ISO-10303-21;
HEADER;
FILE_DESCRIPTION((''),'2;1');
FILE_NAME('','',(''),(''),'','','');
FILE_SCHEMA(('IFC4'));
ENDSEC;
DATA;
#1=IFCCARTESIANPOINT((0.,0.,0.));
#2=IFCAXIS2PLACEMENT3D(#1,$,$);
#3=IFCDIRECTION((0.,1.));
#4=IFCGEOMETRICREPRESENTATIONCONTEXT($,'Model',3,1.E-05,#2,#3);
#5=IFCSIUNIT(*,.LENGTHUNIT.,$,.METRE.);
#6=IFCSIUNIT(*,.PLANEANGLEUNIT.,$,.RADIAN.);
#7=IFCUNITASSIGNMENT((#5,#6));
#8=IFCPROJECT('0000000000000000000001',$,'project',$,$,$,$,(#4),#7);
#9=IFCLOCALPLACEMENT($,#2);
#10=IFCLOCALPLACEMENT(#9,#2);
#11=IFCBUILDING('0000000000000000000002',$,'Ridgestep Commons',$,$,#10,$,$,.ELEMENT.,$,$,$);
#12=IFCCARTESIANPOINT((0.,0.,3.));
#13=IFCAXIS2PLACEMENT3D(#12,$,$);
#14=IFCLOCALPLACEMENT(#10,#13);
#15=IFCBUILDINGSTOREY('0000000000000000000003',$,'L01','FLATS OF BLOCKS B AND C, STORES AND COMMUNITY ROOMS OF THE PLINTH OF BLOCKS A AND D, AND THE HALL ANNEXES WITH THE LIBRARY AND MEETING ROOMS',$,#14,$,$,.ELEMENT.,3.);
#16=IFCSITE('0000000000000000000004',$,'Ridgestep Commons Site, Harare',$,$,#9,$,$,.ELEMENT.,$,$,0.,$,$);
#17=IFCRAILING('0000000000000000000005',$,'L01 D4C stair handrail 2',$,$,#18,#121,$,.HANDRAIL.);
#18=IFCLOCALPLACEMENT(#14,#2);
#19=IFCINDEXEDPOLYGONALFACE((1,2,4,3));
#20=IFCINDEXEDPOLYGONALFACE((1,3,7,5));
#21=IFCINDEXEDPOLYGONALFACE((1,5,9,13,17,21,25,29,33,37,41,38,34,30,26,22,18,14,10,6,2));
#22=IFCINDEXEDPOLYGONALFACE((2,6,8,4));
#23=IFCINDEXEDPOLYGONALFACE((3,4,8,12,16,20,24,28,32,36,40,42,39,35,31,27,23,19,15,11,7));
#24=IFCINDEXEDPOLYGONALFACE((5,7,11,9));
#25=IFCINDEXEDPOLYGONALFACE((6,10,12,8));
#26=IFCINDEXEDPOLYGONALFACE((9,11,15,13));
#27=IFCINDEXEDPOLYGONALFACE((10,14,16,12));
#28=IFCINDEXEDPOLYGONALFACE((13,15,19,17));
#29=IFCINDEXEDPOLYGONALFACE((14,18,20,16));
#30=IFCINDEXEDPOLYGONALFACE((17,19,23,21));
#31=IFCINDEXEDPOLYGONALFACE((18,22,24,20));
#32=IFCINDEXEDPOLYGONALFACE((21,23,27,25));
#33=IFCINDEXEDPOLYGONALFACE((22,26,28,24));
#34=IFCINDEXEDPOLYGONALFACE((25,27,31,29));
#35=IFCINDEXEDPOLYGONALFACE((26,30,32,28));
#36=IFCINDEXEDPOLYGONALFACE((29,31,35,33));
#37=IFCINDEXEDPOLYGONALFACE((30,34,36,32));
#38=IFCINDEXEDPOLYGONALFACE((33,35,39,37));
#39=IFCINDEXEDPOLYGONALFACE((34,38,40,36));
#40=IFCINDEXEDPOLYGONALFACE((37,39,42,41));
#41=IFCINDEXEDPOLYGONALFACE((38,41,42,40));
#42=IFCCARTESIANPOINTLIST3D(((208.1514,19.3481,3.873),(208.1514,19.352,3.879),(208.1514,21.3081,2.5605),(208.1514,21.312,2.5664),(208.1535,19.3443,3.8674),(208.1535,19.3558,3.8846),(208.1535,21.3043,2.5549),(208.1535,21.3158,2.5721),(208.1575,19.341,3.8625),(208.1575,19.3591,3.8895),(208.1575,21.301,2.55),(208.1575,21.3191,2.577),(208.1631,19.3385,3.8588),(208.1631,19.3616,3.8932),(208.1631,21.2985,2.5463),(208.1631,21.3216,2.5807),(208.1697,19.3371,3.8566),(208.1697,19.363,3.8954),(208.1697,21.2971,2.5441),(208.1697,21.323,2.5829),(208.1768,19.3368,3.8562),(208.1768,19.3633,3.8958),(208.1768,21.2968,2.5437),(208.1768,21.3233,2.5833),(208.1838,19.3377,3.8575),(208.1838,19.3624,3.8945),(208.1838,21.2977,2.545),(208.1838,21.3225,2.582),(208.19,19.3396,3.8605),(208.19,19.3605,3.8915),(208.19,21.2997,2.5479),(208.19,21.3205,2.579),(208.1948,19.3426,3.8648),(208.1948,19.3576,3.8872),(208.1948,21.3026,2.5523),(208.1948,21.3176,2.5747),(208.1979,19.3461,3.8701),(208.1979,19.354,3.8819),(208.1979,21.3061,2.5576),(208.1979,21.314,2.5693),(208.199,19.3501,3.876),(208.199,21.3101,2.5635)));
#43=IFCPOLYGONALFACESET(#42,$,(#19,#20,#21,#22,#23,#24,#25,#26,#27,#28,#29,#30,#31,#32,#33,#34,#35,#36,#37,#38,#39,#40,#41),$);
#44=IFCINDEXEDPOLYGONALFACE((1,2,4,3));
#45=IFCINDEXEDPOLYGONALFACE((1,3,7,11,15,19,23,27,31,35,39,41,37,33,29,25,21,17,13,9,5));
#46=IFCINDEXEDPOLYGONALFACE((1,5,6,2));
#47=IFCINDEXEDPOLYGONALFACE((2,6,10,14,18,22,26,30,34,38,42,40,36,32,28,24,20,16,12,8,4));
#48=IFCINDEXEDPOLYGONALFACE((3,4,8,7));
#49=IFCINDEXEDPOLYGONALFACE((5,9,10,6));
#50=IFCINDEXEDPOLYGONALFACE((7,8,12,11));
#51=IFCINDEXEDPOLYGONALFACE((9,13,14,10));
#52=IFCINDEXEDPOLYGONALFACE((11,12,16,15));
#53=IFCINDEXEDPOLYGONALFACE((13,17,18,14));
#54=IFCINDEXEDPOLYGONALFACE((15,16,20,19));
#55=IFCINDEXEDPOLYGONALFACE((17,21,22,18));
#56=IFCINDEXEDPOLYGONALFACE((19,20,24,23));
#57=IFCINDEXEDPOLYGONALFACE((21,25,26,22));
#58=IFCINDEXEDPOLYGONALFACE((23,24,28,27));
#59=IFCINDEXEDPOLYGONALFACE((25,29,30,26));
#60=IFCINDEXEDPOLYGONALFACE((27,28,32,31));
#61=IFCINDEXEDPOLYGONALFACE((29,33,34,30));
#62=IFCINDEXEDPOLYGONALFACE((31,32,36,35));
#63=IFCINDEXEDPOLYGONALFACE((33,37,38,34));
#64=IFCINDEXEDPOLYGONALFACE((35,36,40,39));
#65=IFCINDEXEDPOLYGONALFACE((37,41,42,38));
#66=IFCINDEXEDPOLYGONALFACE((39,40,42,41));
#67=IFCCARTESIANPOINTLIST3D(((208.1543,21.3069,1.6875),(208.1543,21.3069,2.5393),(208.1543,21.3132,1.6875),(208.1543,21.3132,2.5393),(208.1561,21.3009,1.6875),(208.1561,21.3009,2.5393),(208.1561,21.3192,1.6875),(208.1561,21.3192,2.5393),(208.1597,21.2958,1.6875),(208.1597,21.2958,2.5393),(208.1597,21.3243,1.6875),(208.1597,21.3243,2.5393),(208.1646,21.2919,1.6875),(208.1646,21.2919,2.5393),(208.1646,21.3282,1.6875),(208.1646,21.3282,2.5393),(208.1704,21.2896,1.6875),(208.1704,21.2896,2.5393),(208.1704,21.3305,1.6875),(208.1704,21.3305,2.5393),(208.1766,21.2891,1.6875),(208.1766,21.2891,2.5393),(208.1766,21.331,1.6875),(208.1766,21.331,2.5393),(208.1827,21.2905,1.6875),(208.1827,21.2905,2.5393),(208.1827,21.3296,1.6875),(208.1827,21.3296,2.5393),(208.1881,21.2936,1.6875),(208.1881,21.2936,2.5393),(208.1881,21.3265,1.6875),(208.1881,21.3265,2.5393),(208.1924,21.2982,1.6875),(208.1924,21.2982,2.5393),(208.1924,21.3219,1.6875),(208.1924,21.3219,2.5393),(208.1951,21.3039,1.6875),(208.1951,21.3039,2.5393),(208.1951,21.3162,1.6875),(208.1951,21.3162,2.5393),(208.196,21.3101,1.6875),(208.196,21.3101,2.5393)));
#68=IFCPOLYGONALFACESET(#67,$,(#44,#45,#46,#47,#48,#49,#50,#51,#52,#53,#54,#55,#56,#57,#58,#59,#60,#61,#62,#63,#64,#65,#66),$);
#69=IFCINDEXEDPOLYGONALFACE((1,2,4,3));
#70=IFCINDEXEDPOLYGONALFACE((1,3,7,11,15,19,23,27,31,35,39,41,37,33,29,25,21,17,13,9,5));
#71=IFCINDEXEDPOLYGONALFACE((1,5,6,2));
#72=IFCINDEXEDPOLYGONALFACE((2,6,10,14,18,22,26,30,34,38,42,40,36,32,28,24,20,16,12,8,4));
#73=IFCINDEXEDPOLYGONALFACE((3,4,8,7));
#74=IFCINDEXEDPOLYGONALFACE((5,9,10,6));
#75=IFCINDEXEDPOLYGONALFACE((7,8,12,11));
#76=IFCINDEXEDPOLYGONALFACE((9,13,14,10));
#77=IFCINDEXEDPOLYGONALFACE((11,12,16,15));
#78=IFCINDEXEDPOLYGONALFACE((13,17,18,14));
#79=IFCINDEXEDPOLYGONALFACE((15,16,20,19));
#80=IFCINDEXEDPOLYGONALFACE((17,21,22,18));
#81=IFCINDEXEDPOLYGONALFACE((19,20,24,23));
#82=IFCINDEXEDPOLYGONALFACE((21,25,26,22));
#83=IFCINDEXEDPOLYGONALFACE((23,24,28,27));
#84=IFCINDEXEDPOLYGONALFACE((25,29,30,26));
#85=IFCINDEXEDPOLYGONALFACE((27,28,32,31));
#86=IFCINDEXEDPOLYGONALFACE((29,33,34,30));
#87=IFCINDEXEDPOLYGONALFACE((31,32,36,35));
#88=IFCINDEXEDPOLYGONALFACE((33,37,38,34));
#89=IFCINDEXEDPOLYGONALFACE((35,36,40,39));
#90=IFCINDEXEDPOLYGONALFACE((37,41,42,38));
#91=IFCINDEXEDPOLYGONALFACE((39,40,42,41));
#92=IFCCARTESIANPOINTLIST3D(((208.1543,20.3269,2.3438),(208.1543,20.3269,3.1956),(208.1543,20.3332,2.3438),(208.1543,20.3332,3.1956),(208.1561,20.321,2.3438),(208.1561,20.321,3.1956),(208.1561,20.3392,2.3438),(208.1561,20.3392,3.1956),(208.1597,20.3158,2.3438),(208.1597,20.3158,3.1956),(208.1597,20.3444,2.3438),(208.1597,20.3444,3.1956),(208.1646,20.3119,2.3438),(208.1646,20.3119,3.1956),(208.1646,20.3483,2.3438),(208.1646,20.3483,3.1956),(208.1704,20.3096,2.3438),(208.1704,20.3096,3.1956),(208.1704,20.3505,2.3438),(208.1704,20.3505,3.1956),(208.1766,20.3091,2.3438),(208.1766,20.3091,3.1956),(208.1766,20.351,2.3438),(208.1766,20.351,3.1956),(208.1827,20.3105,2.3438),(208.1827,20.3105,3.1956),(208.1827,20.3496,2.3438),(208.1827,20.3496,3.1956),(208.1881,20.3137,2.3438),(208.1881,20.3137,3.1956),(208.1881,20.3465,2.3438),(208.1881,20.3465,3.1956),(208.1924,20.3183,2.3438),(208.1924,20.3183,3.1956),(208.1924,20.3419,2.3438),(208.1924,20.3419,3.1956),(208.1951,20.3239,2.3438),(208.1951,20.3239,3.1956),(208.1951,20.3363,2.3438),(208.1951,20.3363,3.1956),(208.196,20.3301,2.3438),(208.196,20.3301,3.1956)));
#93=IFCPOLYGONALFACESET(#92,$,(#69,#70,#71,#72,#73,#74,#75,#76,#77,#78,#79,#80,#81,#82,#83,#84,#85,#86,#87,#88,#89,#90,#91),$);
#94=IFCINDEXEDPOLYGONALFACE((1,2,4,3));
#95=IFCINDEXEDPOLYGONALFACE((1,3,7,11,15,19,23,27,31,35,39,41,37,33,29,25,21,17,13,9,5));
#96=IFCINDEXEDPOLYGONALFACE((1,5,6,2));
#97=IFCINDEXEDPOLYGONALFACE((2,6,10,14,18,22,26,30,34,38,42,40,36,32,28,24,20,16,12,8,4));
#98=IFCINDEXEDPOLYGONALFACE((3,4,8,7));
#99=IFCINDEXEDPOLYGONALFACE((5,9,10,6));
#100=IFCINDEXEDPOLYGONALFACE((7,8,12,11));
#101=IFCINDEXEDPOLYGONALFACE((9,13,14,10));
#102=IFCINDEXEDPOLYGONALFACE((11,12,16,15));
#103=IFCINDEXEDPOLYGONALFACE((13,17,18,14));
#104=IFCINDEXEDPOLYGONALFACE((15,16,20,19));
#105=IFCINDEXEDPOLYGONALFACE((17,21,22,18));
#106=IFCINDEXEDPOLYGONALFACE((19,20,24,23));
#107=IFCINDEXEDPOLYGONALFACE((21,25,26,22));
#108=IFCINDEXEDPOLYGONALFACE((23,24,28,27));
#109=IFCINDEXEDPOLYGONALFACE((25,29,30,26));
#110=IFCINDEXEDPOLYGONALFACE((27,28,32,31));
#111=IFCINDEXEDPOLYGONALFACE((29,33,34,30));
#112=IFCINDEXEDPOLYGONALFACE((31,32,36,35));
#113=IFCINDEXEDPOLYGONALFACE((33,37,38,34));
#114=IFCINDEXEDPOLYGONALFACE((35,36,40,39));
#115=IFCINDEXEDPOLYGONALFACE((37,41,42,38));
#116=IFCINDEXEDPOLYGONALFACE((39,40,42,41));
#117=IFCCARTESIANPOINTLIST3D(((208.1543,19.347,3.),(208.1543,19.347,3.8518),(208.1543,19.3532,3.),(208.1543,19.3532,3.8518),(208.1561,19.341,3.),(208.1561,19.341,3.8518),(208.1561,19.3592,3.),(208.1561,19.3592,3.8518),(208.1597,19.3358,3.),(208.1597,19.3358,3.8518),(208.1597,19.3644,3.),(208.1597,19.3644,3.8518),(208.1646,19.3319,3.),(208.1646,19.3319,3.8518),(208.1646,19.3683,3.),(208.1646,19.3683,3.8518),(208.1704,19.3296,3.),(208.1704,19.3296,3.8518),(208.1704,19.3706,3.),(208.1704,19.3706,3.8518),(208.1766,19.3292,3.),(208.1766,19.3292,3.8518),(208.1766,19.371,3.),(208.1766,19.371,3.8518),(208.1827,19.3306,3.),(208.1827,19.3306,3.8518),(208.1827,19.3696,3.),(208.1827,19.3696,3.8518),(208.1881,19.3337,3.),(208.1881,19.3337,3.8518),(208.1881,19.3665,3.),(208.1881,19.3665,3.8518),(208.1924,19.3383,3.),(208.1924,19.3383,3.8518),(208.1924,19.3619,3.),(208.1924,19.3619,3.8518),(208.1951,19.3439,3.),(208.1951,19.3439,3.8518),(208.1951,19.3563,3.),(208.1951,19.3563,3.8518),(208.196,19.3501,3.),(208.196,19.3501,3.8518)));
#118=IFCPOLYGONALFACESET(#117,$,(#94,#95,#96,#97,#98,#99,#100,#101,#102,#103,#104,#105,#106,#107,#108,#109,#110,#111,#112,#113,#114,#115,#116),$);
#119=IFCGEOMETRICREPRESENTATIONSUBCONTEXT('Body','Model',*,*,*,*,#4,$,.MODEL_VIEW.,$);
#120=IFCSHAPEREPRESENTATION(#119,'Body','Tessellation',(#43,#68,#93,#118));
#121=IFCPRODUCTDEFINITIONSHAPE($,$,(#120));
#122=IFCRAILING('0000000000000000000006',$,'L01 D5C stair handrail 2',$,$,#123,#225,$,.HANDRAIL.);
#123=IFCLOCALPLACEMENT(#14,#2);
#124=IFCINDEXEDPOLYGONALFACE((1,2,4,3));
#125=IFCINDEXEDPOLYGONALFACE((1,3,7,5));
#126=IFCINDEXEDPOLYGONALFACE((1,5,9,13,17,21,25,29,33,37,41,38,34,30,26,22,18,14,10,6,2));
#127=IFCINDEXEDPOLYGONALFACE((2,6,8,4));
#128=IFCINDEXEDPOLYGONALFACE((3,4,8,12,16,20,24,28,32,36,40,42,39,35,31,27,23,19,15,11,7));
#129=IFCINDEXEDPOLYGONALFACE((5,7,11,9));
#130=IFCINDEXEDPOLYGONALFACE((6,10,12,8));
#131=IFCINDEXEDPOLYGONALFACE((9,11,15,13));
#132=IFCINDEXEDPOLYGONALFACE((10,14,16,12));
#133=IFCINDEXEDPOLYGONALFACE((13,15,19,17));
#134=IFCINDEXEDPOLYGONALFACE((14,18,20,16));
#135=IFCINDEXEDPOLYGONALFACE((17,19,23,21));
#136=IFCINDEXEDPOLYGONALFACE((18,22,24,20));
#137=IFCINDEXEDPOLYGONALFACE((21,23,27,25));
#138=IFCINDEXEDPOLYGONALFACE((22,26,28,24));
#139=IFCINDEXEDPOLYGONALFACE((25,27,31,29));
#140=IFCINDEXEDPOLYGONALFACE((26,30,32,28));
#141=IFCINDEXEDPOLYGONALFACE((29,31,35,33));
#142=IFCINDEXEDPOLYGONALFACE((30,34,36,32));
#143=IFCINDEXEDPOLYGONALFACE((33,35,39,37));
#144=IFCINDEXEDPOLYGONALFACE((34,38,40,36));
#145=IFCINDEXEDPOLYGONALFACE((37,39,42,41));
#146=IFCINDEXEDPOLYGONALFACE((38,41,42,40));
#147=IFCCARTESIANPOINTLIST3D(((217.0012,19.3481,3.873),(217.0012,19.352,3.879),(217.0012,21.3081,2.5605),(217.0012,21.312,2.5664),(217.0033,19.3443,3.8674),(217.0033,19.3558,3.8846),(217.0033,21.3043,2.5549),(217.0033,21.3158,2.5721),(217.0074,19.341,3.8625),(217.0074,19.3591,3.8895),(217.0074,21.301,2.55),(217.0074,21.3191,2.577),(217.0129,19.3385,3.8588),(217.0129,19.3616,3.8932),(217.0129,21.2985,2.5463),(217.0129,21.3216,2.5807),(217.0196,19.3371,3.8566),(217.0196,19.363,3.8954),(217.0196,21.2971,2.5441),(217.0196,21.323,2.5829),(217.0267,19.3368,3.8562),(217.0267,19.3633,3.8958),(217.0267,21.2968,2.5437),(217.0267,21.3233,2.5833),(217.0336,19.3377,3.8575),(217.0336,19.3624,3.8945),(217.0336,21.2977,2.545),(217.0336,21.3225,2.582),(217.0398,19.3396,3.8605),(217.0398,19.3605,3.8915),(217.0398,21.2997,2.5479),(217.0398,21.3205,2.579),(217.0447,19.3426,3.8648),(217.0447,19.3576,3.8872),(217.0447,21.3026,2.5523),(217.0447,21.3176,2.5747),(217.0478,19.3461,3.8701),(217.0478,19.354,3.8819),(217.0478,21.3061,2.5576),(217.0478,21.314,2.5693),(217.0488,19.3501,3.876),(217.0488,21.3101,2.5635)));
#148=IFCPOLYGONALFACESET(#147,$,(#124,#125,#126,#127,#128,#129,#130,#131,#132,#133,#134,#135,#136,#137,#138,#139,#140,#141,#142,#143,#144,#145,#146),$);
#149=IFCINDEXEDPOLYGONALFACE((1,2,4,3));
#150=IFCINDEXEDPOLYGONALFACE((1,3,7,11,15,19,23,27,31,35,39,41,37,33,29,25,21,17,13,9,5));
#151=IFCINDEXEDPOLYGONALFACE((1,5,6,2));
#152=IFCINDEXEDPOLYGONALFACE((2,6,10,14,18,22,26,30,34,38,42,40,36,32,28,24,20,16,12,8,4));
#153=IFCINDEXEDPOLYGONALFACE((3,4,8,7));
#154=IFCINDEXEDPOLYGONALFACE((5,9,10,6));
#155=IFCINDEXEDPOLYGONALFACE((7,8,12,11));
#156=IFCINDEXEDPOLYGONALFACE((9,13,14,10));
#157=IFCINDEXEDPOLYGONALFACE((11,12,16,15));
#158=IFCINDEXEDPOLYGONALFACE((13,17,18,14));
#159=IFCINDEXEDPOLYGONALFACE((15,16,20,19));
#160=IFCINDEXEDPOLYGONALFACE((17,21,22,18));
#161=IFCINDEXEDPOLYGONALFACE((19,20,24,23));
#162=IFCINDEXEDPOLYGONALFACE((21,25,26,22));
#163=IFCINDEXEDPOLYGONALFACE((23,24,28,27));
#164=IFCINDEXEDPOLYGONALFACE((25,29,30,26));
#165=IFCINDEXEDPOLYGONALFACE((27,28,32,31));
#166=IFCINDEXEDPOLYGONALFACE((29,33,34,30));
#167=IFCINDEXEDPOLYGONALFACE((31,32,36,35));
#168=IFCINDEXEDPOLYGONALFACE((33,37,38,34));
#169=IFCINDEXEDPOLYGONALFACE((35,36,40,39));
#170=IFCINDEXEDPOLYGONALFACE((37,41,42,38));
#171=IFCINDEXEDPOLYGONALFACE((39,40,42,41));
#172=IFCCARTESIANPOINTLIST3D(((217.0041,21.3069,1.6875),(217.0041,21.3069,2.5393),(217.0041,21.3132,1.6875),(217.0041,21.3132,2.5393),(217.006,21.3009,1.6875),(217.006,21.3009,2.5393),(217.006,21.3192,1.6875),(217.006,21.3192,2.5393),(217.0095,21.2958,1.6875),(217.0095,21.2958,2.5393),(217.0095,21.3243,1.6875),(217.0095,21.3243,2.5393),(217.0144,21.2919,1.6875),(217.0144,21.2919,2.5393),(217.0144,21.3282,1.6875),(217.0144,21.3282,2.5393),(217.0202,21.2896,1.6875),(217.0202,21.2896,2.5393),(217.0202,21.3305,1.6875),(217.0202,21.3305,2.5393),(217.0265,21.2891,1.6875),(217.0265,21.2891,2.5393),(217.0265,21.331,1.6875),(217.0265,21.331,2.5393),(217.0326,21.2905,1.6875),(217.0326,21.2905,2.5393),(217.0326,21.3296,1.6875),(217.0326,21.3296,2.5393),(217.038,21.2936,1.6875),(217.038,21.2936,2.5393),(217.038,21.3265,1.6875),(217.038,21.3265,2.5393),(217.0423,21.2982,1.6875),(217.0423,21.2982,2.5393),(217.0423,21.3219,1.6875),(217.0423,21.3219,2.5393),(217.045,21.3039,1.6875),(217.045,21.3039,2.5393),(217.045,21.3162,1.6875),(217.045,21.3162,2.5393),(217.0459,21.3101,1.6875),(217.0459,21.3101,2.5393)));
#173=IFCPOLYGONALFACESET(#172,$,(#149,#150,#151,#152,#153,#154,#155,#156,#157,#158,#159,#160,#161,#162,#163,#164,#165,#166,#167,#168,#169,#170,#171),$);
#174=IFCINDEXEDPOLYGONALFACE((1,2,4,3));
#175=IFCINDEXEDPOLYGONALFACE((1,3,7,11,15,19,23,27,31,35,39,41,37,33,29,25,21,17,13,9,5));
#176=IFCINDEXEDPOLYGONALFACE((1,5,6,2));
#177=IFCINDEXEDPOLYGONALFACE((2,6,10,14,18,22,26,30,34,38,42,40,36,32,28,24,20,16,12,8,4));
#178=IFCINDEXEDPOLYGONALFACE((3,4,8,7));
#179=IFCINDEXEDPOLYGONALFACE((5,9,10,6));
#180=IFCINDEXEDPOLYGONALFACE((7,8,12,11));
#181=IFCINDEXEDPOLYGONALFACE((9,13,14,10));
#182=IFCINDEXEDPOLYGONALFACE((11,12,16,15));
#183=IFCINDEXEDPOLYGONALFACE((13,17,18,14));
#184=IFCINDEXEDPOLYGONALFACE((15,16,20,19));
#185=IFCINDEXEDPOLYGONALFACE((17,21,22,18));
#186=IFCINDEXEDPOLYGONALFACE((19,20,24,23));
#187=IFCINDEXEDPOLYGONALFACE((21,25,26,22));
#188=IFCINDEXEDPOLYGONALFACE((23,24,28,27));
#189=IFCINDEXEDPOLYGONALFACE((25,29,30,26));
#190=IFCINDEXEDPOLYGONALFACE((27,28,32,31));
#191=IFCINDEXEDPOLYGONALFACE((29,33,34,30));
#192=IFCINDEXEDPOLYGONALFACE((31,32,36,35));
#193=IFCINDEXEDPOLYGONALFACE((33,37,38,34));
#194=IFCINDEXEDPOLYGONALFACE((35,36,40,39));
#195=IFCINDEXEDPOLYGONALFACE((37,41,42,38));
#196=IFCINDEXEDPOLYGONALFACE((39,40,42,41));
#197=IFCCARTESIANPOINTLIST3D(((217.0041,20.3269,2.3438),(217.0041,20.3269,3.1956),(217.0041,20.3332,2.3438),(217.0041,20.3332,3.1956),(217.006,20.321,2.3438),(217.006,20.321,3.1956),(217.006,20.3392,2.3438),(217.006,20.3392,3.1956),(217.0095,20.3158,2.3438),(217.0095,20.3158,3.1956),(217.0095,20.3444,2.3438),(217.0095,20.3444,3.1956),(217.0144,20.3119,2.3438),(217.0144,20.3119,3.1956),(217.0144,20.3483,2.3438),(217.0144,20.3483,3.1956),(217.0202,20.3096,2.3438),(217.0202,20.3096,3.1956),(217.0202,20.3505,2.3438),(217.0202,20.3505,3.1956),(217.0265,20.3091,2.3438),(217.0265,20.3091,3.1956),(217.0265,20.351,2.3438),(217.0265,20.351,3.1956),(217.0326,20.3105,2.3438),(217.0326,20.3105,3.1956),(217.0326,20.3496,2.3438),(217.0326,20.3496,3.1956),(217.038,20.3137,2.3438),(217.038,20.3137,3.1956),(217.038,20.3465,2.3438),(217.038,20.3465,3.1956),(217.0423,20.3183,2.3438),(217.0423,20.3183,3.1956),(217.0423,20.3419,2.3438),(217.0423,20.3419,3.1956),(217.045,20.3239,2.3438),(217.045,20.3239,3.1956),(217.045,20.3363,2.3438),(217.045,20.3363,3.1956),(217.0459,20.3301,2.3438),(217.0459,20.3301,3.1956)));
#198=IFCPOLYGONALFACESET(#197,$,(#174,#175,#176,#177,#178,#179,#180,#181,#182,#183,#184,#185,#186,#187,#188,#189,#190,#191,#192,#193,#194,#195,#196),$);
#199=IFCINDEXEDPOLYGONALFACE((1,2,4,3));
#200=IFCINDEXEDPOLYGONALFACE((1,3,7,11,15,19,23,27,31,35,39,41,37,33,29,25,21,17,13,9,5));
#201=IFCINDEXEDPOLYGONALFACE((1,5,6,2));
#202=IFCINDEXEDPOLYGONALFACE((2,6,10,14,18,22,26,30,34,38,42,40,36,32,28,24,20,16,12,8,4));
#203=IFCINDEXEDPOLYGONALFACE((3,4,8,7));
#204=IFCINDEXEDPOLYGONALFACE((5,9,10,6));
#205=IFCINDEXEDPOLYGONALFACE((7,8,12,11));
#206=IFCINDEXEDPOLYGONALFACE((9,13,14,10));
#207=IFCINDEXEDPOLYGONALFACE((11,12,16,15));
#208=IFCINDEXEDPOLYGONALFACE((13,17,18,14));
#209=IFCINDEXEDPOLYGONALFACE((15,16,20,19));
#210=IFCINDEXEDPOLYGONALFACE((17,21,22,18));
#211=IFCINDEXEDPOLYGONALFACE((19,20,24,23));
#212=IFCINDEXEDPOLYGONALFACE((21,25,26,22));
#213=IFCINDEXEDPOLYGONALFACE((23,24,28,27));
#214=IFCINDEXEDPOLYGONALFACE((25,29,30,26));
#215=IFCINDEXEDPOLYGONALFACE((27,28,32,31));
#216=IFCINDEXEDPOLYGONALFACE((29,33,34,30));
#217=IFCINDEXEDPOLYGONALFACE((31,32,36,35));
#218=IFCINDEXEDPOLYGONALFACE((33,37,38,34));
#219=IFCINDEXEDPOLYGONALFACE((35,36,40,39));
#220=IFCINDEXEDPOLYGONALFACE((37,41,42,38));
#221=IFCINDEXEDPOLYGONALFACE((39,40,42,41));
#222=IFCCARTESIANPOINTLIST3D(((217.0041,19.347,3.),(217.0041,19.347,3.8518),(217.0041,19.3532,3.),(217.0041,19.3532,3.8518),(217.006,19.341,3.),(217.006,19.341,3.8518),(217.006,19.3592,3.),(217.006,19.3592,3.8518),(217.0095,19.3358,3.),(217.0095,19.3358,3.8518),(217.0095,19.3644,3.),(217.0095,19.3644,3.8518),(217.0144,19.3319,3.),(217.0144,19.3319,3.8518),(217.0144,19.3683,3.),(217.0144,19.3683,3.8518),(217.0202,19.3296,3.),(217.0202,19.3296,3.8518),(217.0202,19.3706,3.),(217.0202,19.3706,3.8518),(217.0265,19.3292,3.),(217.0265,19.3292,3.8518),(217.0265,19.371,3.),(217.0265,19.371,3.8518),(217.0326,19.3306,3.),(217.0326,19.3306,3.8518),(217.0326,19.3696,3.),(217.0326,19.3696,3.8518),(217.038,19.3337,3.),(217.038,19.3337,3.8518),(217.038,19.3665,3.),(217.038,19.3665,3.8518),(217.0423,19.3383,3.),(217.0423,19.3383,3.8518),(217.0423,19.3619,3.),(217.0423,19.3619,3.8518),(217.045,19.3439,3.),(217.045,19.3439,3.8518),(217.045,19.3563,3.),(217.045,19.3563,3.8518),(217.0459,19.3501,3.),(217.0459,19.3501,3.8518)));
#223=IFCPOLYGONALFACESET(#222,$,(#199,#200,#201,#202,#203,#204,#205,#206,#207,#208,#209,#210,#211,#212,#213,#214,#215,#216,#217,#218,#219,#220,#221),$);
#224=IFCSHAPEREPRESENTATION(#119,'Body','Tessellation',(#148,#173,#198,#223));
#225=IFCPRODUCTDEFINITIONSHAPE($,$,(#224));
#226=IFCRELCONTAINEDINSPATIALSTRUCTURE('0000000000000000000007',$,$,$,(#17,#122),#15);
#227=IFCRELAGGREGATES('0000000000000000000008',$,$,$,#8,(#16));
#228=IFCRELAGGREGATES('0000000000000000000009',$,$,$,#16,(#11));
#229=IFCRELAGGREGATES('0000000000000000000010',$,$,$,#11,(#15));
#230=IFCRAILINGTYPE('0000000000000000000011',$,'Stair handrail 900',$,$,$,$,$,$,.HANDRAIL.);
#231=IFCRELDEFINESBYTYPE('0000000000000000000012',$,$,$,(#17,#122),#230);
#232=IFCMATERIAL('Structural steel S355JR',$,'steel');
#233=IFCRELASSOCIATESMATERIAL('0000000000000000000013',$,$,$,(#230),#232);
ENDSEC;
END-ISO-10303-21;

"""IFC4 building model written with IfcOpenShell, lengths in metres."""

from ifc_helpers import new_model, si_unit, direction, frame, origin, origin_2d, place, context, subcontext, project, spatial, circle, extrude, material, type_object, element, save


model = new_model("IFC4")

# Units and contexts
model_context = context("Model", 3, precision=1e-05, world=origin(), true_north=direction((0.0, 1.0)))
body_context = subcontext(model_context, "Body", "Model", "MODEL_VIEW")
ifc_project = project(units=[si_unit("LENGTHUNIT", "METRE"), si_unit("PLANEANGLEUNIT", "RADIAN")], contexts=[model_context])

# Site, building, storey
site_placement = place(None, origin())
site = spatial("IfcSite", under=ifc_project, at=site_placement, Name="Ridgestep Commons Site, Harare", CompositionType="ELEMENT", RefElevation=0.0)
building_placement = place(site_placement, origin())
building = spatial("IfcBuilding", under=site, at=building_placement, Name="Ridgestep Commons", CompositionType="ELEMENT")
storey_placement = place(building_placement, frame((0.0, 0.0, 3.0)))
storey = spatial("IfcBuildingStorey", under=building, at=storey_placement, Name="L01", Description="FLATS OF BLOCKS B AND C, STORES AND COMMUNITY ROOMS OF THE PLINTH OF BLOCKS A AND D, AND THE HALL ANNEXES WITH THE LIBRARY AND MEETING ROOMS", CompositionType="ELEMENT", Elevation=3.0)

# Railings
ifc_material_1 = material(Name="Structural steel S355JR", Category="steel")
railing_type_1 = type_object("IfcRailingType", Name="Stair handrail 900", PredefinedType="HANDRAIL", material=ifc_material_1)
for number, where, name in (
    (1, (208.175, 21.3101, 1.6875), "L01 D4C stair handrail 2"),
    (2, (217.0249, 21.3101, 1.6875), "L01 D5C stair handrail 2"),
):
    element("IfcRailing", number, at=place(storey_placement, frame(where)), inside=storey, type_object=railing_type_1, Name=name, PredefinedType="HANDRAIL", context=body_context, shape_type="SweptSolid", body=[
        extrude(circle(Radius=0.0239, at=origin_2d()), frame((0.0, 0.0, 0.876), z_axis=(0.0, -0.830902, 0.556419), x_axis=(1.0, 0.0, 0.0)), (0.0, 0.0, 1.0), 2.3589),
        extrude(circle(Radius=0.021, at=origin_2d()), origin(), (0.0, 0.0, 1.0), 0.8518),
        extrude(circle(Radius=0.021, at=origin_2d()), frame((0.0, -0.98, 0.6562)), (0.0, 0.0, 1.0), 0.8518),
        extrude(circle(Radius=0.021, at=origin_2d()), frame((0.0, -1.96, 1.3125)), (0.0, 0.0, 1.0), 0.8518),
    ])

save(model, "model.ifc")
